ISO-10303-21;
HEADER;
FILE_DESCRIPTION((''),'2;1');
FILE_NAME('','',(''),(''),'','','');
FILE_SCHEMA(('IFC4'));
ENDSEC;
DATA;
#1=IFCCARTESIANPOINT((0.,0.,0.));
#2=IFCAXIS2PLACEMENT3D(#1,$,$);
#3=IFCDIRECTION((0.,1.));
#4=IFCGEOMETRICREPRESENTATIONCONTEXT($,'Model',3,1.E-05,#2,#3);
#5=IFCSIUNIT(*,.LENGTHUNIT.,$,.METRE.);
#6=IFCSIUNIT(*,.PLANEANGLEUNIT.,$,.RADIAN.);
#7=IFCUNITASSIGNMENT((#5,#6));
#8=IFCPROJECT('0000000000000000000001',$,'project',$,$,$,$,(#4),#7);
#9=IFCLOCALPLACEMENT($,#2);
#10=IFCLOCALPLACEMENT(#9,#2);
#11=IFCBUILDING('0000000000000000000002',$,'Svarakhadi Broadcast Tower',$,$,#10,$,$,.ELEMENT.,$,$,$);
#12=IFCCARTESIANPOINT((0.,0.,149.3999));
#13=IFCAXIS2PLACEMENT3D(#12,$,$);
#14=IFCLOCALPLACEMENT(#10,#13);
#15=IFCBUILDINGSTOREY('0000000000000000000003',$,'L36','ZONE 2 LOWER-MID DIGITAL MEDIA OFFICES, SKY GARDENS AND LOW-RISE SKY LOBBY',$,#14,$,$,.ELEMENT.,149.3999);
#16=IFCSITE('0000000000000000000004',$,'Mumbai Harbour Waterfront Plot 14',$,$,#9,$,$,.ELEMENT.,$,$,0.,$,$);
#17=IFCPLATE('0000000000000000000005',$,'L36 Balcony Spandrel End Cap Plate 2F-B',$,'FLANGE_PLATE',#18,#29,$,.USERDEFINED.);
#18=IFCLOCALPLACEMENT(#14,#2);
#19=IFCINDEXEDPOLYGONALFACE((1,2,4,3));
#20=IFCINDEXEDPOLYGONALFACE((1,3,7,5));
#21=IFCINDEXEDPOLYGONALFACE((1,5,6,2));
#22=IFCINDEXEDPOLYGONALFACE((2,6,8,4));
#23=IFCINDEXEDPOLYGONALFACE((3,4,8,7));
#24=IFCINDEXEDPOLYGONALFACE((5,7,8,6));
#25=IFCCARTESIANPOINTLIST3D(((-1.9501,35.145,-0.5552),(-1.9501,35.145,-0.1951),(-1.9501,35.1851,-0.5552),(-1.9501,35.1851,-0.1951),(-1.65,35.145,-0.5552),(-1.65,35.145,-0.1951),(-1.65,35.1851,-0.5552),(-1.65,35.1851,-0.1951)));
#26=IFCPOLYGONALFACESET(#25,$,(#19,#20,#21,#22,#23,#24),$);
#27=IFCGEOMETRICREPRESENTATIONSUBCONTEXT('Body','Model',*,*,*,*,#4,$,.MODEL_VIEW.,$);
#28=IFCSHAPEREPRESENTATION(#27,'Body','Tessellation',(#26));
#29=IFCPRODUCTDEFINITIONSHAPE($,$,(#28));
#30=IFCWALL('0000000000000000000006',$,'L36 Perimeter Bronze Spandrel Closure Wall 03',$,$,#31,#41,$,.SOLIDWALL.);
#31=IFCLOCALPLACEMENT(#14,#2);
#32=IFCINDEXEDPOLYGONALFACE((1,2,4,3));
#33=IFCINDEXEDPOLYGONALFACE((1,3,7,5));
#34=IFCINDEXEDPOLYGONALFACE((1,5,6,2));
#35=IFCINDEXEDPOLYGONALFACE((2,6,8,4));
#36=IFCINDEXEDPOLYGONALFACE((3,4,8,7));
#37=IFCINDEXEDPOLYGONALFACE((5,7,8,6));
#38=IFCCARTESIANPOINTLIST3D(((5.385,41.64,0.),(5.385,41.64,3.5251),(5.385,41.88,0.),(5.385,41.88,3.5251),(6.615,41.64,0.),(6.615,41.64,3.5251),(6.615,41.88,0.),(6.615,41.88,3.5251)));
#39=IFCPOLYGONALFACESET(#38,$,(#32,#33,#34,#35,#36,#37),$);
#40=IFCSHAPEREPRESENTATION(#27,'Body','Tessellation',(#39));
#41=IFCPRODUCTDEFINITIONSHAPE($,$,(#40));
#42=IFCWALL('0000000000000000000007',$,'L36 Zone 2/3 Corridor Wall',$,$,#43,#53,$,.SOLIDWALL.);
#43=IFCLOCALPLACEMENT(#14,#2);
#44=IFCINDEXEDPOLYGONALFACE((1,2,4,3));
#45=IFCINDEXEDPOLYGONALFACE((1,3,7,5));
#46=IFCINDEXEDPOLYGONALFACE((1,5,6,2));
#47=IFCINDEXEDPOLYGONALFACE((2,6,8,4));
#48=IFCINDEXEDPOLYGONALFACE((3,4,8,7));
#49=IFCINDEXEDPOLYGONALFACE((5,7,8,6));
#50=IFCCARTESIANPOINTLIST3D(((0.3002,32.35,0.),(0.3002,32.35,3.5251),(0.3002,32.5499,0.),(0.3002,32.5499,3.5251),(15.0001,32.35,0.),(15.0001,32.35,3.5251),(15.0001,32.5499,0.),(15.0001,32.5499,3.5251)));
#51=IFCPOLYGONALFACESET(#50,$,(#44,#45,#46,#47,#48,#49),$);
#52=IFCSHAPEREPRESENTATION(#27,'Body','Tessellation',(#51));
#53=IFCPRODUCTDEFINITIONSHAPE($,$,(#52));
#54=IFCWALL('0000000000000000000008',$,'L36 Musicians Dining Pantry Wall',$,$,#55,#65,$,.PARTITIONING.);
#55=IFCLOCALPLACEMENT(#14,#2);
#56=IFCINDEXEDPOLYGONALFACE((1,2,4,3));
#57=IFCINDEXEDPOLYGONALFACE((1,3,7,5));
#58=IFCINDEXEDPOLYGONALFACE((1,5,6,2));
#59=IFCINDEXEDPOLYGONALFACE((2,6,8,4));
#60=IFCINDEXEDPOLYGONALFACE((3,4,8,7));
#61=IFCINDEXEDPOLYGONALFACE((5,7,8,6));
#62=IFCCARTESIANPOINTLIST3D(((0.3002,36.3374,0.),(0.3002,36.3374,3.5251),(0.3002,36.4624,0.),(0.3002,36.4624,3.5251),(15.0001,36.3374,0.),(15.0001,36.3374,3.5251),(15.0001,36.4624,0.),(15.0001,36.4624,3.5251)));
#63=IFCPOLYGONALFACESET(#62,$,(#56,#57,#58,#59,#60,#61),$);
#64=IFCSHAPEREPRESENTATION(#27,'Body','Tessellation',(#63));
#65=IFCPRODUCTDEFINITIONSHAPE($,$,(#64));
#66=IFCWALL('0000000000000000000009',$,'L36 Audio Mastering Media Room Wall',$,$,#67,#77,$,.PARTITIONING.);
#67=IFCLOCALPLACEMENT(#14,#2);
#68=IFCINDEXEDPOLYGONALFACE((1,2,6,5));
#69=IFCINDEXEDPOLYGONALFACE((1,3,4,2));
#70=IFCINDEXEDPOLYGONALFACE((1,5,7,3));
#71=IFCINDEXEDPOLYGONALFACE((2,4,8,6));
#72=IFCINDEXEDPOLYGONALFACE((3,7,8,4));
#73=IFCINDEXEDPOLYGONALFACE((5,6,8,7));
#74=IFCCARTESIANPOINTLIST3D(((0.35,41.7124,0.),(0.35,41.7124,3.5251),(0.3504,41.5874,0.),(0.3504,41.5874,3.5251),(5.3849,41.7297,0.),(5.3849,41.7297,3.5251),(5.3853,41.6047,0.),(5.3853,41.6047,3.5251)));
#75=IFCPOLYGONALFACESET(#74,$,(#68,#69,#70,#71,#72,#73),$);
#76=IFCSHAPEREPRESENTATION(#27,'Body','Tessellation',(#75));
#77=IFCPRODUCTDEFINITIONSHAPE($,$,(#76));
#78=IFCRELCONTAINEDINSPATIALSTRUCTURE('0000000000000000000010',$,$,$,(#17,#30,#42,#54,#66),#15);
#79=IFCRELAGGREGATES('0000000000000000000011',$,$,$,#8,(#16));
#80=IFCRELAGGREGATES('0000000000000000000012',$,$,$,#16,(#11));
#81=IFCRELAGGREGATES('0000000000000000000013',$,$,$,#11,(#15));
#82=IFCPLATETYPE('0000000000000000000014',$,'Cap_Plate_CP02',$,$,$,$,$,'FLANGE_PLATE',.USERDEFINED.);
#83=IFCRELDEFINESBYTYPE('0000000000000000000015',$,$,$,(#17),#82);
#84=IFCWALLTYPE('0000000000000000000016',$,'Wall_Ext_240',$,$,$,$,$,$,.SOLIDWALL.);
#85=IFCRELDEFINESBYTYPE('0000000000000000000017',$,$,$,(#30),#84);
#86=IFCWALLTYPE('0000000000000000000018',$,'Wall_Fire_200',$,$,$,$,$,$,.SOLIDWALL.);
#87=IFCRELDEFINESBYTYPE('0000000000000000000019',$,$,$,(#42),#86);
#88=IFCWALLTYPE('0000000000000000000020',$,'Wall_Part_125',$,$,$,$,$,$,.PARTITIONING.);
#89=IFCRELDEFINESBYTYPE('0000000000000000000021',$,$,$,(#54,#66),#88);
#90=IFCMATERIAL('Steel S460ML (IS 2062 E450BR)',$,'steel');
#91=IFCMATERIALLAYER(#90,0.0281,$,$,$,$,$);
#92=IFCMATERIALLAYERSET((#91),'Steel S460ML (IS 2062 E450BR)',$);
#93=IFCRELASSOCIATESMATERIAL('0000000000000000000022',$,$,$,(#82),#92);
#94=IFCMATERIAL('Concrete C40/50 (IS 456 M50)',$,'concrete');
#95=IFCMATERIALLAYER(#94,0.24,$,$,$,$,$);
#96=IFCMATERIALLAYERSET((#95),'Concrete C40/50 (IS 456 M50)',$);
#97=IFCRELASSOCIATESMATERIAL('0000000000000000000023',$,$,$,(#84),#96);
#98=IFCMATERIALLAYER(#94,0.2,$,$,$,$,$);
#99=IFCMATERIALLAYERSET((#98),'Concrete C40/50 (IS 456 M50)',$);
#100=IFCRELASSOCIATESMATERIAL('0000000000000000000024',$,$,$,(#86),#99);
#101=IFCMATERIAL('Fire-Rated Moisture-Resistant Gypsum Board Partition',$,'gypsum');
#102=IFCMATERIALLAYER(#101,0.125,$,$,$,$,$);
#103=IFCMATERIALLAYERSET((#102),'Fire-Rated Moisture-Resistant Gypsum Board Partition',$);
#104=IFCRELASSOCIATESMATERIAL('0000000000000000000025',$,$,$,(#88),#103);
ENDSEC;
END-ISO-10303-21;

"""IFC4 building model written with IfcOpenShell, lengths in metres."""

from ifc_helpers import new_model, si_unit, direction, frame, frame_2d, origin, origin_2d, place, context, subcontext, project, spatial, rectangle, extrude, material, layer, layer_set, type_object, element, save


model = new_model("IFC4")

# Units and contexts
model_context = context("Model", 3, precision=1e-05, world=origin(), true_north=direction((0.0, 1.0)))
body_context = subcontext(model_context, "Body", "Model", "MODEL_VIEW")
ifc_project = project(units=[si_unit("LENGTHUNIT", "METRE"), si_unit("PLANEANGLEUNIT", "RADIAN")], contexts=[model_context])

# Site, building, storey
site_placement = place(None, origin())
site = spatial("IfcSite", under=ifc_project, at=site_placement, Name="Mumbai Harbour Waterfront Plot 14", CompositionType="ELEMENT", RefElevation=0.0)
building_placement = place(site_placement, origin())
building = spatial("IfcBuilding", under=site, at=building_placement, Name="Svarakhadi Broadcast Tower", CompositionType="ELEMENT")
storey_placement = place(building_placement, frame((0.0, 0.0, 149.3999)))
storey = spatial("IfcBuildingStorey", under=building, at=storey_placement, Name="L36", Description="ZONE 2 LOWER-MID DIGITAL MEDIA OFFICES, SKY GARDENS AND LOW-RISE SKY LOBBY", CompositionType="ELEMENT", Elevation=149.3999)

# Shared definitions
ifc_material_1 = material(Name="Steel S460ML (IS 2062 E450BR)", Category="steel")

# Plate
ifc_layer_1 = layer(ifc_material_1, 0.0281)
ifc_layer_set_1 = layer_set([ifc_layer_1], Name="Steel S460ML (IS 2062 E450BR)")
plate_type_1 = type_object("IfcPlateType", Name="Cap_Plate_CP02", ElementType="FLANGE_PLATE", PredefinedType="USERDEFINED", material=ifc_layer_set_1)
plate_1_placement = place(storey_placement, frame((-1.8, 35.165, -0.5552), z_axis=(0.0, 0.0, 1.0), x_axis=(1.0, 0.0, 0.0)))
element("IfcPlate", 1, at=plate_1_placement, inside=storey, type_object=plate_type_1, Name="L36 Balcony Spandrel End Cap Plate 2F-B", ObjectType="FLANGE_PLATE", PredefinedType="USERDEFINED", context=body_context, shape_type="SweptSolid", body=[
    extrude(rectangle(XDim=0.3, YDim=0.04, at=origin_2d()), origin(), (0.0, 0.0, 1.0), 0.3601),
])

# Walls
ifc_material_2 = material(Name="Concrete C40/50 (IS 456 M50)", Category="concrete")
ifc_layer_2 = layer(ifc_material_2, 0.24)
ifc_layer_set_2 = layer_set([ifc_layer_2], Name="Concrete C40/50 (IS 456 M50)")
wall_type_1 = type_object("IfcWallType", Name="Wall_Ext_240", PredefinedType="SOLIDWALL", material=ifc_layer_set_2)
wall_1_placement = place(storey_placement, frame((5.385, 41.76, 0.0), z_axis=(0.0, 0.0, 1.0), x_axis=(1.0, 0.0, 0.0)))
element("IfcWall", 2, at=wall_1_placement, inside=storey, type_object=wall_type_1, Name="L36 Perimeter Bronze Spandrel Closure Wall 03", PredefinedType="SOLIDWALL", context=body_context, shape_type="SweptSolid", body=[
    extrude(rectangle(XDim=1.23, YDim=0.24, at=frame_2d((0.615, 0.0))), origin(), (0.0, 0.0, 1.0), 3.5251),
])
ifc_layer_3 = layer(ifc_material_2, 0.2)
ifc_layer_set_3 = layer_set([ifc_layer_3], Name="Concrete C40/50 (IS 456 M50)")
wall_type_2 = type_object("IfcWallType", Name="Wall_Fire_200", PredefinedType="SOLIDWALL", material=ifc_layer_set_3)
wall_2_placement = place(storey_placement, frame((0.3, 32.45, 0.0), z_axis=(0.0, 0.0, 1.0), x_axis=(1.0, 0.0, 0.0)))
element("IfcWall", 3, at=wall_2_placement, inside=storey, type_object=wall_type_2, Name="L36 Zone 2/3 Corridor Wall", PredefinedType="SOLIDWALL", context=body_context, shape_type="SweptSolid", body=[
    extrude(rectangle(XDim=14.7, YDim=0.2, at=frame_2d((7.3501, 0.0))), origin(), (0.0, 0.0, 1.0), 3.5251),
])
ifc_material_3 = material(Name="Fire-Rated Moisture-Resistant Gypsum Board Partition", Category="gypsum")
ifc_layer_4 = layer(ifc_material_3, 0.125)
ifc_layer_set_4 = layer_set([ifc_layer_4], Name="Fire-Rated Moisture-Resistant Gypsum Board Partition")
wall_type_3 = type_object("IfcWallType", Name="Wall_Part_125", PredefinedType="PARTITIONING", material=ifc_layer_set_4)
wall_3_placement = place(storey_placement, frame((0.3, 36.3999, 0.0), z_axis=(0.0, 0.0, 1.0), x_axis=(1.0, 0.0, 0.0)))
element("IfcWall", 4, at=wall_3_placement, inside=storey, type_object=wall_type_3, Name="L36 Musicians Dining Pantry Wall", PredefinedType="PARTITIONING", context=body_context, shape_type="SweptSolid", body=[
    extrude(rectangle(XDim=14.7, YDim=0.125, at=frame_2d((7.3501, 0.0))), origin(), (0.0, 0.0, 1.0), 3.5251),
])
wall_4_placement = place(storey_placement, frame((0.3501, 41.6499, 0.0), z_axis=(0.0, 0.0, 1.0), x_axis=(0.999994, 0.003443, 0.0)))
element("IfcWall", 5, at=wall_4_placement, inside=storey, type_object=wall_type_3, Name="L36 Audio Mastering Media Room Wall", PredefinedType="PARTITIONING", context=body_context, shape_type="SweptSolid", body=[
    extrude(rectangle(XDim=5.0349, YDim=0.125, at=frame_2d((2.5176, 0.0))), origin(), (0.0, 0.0, 1.0), 3.5251),
])

save(model, "model.ifc")
